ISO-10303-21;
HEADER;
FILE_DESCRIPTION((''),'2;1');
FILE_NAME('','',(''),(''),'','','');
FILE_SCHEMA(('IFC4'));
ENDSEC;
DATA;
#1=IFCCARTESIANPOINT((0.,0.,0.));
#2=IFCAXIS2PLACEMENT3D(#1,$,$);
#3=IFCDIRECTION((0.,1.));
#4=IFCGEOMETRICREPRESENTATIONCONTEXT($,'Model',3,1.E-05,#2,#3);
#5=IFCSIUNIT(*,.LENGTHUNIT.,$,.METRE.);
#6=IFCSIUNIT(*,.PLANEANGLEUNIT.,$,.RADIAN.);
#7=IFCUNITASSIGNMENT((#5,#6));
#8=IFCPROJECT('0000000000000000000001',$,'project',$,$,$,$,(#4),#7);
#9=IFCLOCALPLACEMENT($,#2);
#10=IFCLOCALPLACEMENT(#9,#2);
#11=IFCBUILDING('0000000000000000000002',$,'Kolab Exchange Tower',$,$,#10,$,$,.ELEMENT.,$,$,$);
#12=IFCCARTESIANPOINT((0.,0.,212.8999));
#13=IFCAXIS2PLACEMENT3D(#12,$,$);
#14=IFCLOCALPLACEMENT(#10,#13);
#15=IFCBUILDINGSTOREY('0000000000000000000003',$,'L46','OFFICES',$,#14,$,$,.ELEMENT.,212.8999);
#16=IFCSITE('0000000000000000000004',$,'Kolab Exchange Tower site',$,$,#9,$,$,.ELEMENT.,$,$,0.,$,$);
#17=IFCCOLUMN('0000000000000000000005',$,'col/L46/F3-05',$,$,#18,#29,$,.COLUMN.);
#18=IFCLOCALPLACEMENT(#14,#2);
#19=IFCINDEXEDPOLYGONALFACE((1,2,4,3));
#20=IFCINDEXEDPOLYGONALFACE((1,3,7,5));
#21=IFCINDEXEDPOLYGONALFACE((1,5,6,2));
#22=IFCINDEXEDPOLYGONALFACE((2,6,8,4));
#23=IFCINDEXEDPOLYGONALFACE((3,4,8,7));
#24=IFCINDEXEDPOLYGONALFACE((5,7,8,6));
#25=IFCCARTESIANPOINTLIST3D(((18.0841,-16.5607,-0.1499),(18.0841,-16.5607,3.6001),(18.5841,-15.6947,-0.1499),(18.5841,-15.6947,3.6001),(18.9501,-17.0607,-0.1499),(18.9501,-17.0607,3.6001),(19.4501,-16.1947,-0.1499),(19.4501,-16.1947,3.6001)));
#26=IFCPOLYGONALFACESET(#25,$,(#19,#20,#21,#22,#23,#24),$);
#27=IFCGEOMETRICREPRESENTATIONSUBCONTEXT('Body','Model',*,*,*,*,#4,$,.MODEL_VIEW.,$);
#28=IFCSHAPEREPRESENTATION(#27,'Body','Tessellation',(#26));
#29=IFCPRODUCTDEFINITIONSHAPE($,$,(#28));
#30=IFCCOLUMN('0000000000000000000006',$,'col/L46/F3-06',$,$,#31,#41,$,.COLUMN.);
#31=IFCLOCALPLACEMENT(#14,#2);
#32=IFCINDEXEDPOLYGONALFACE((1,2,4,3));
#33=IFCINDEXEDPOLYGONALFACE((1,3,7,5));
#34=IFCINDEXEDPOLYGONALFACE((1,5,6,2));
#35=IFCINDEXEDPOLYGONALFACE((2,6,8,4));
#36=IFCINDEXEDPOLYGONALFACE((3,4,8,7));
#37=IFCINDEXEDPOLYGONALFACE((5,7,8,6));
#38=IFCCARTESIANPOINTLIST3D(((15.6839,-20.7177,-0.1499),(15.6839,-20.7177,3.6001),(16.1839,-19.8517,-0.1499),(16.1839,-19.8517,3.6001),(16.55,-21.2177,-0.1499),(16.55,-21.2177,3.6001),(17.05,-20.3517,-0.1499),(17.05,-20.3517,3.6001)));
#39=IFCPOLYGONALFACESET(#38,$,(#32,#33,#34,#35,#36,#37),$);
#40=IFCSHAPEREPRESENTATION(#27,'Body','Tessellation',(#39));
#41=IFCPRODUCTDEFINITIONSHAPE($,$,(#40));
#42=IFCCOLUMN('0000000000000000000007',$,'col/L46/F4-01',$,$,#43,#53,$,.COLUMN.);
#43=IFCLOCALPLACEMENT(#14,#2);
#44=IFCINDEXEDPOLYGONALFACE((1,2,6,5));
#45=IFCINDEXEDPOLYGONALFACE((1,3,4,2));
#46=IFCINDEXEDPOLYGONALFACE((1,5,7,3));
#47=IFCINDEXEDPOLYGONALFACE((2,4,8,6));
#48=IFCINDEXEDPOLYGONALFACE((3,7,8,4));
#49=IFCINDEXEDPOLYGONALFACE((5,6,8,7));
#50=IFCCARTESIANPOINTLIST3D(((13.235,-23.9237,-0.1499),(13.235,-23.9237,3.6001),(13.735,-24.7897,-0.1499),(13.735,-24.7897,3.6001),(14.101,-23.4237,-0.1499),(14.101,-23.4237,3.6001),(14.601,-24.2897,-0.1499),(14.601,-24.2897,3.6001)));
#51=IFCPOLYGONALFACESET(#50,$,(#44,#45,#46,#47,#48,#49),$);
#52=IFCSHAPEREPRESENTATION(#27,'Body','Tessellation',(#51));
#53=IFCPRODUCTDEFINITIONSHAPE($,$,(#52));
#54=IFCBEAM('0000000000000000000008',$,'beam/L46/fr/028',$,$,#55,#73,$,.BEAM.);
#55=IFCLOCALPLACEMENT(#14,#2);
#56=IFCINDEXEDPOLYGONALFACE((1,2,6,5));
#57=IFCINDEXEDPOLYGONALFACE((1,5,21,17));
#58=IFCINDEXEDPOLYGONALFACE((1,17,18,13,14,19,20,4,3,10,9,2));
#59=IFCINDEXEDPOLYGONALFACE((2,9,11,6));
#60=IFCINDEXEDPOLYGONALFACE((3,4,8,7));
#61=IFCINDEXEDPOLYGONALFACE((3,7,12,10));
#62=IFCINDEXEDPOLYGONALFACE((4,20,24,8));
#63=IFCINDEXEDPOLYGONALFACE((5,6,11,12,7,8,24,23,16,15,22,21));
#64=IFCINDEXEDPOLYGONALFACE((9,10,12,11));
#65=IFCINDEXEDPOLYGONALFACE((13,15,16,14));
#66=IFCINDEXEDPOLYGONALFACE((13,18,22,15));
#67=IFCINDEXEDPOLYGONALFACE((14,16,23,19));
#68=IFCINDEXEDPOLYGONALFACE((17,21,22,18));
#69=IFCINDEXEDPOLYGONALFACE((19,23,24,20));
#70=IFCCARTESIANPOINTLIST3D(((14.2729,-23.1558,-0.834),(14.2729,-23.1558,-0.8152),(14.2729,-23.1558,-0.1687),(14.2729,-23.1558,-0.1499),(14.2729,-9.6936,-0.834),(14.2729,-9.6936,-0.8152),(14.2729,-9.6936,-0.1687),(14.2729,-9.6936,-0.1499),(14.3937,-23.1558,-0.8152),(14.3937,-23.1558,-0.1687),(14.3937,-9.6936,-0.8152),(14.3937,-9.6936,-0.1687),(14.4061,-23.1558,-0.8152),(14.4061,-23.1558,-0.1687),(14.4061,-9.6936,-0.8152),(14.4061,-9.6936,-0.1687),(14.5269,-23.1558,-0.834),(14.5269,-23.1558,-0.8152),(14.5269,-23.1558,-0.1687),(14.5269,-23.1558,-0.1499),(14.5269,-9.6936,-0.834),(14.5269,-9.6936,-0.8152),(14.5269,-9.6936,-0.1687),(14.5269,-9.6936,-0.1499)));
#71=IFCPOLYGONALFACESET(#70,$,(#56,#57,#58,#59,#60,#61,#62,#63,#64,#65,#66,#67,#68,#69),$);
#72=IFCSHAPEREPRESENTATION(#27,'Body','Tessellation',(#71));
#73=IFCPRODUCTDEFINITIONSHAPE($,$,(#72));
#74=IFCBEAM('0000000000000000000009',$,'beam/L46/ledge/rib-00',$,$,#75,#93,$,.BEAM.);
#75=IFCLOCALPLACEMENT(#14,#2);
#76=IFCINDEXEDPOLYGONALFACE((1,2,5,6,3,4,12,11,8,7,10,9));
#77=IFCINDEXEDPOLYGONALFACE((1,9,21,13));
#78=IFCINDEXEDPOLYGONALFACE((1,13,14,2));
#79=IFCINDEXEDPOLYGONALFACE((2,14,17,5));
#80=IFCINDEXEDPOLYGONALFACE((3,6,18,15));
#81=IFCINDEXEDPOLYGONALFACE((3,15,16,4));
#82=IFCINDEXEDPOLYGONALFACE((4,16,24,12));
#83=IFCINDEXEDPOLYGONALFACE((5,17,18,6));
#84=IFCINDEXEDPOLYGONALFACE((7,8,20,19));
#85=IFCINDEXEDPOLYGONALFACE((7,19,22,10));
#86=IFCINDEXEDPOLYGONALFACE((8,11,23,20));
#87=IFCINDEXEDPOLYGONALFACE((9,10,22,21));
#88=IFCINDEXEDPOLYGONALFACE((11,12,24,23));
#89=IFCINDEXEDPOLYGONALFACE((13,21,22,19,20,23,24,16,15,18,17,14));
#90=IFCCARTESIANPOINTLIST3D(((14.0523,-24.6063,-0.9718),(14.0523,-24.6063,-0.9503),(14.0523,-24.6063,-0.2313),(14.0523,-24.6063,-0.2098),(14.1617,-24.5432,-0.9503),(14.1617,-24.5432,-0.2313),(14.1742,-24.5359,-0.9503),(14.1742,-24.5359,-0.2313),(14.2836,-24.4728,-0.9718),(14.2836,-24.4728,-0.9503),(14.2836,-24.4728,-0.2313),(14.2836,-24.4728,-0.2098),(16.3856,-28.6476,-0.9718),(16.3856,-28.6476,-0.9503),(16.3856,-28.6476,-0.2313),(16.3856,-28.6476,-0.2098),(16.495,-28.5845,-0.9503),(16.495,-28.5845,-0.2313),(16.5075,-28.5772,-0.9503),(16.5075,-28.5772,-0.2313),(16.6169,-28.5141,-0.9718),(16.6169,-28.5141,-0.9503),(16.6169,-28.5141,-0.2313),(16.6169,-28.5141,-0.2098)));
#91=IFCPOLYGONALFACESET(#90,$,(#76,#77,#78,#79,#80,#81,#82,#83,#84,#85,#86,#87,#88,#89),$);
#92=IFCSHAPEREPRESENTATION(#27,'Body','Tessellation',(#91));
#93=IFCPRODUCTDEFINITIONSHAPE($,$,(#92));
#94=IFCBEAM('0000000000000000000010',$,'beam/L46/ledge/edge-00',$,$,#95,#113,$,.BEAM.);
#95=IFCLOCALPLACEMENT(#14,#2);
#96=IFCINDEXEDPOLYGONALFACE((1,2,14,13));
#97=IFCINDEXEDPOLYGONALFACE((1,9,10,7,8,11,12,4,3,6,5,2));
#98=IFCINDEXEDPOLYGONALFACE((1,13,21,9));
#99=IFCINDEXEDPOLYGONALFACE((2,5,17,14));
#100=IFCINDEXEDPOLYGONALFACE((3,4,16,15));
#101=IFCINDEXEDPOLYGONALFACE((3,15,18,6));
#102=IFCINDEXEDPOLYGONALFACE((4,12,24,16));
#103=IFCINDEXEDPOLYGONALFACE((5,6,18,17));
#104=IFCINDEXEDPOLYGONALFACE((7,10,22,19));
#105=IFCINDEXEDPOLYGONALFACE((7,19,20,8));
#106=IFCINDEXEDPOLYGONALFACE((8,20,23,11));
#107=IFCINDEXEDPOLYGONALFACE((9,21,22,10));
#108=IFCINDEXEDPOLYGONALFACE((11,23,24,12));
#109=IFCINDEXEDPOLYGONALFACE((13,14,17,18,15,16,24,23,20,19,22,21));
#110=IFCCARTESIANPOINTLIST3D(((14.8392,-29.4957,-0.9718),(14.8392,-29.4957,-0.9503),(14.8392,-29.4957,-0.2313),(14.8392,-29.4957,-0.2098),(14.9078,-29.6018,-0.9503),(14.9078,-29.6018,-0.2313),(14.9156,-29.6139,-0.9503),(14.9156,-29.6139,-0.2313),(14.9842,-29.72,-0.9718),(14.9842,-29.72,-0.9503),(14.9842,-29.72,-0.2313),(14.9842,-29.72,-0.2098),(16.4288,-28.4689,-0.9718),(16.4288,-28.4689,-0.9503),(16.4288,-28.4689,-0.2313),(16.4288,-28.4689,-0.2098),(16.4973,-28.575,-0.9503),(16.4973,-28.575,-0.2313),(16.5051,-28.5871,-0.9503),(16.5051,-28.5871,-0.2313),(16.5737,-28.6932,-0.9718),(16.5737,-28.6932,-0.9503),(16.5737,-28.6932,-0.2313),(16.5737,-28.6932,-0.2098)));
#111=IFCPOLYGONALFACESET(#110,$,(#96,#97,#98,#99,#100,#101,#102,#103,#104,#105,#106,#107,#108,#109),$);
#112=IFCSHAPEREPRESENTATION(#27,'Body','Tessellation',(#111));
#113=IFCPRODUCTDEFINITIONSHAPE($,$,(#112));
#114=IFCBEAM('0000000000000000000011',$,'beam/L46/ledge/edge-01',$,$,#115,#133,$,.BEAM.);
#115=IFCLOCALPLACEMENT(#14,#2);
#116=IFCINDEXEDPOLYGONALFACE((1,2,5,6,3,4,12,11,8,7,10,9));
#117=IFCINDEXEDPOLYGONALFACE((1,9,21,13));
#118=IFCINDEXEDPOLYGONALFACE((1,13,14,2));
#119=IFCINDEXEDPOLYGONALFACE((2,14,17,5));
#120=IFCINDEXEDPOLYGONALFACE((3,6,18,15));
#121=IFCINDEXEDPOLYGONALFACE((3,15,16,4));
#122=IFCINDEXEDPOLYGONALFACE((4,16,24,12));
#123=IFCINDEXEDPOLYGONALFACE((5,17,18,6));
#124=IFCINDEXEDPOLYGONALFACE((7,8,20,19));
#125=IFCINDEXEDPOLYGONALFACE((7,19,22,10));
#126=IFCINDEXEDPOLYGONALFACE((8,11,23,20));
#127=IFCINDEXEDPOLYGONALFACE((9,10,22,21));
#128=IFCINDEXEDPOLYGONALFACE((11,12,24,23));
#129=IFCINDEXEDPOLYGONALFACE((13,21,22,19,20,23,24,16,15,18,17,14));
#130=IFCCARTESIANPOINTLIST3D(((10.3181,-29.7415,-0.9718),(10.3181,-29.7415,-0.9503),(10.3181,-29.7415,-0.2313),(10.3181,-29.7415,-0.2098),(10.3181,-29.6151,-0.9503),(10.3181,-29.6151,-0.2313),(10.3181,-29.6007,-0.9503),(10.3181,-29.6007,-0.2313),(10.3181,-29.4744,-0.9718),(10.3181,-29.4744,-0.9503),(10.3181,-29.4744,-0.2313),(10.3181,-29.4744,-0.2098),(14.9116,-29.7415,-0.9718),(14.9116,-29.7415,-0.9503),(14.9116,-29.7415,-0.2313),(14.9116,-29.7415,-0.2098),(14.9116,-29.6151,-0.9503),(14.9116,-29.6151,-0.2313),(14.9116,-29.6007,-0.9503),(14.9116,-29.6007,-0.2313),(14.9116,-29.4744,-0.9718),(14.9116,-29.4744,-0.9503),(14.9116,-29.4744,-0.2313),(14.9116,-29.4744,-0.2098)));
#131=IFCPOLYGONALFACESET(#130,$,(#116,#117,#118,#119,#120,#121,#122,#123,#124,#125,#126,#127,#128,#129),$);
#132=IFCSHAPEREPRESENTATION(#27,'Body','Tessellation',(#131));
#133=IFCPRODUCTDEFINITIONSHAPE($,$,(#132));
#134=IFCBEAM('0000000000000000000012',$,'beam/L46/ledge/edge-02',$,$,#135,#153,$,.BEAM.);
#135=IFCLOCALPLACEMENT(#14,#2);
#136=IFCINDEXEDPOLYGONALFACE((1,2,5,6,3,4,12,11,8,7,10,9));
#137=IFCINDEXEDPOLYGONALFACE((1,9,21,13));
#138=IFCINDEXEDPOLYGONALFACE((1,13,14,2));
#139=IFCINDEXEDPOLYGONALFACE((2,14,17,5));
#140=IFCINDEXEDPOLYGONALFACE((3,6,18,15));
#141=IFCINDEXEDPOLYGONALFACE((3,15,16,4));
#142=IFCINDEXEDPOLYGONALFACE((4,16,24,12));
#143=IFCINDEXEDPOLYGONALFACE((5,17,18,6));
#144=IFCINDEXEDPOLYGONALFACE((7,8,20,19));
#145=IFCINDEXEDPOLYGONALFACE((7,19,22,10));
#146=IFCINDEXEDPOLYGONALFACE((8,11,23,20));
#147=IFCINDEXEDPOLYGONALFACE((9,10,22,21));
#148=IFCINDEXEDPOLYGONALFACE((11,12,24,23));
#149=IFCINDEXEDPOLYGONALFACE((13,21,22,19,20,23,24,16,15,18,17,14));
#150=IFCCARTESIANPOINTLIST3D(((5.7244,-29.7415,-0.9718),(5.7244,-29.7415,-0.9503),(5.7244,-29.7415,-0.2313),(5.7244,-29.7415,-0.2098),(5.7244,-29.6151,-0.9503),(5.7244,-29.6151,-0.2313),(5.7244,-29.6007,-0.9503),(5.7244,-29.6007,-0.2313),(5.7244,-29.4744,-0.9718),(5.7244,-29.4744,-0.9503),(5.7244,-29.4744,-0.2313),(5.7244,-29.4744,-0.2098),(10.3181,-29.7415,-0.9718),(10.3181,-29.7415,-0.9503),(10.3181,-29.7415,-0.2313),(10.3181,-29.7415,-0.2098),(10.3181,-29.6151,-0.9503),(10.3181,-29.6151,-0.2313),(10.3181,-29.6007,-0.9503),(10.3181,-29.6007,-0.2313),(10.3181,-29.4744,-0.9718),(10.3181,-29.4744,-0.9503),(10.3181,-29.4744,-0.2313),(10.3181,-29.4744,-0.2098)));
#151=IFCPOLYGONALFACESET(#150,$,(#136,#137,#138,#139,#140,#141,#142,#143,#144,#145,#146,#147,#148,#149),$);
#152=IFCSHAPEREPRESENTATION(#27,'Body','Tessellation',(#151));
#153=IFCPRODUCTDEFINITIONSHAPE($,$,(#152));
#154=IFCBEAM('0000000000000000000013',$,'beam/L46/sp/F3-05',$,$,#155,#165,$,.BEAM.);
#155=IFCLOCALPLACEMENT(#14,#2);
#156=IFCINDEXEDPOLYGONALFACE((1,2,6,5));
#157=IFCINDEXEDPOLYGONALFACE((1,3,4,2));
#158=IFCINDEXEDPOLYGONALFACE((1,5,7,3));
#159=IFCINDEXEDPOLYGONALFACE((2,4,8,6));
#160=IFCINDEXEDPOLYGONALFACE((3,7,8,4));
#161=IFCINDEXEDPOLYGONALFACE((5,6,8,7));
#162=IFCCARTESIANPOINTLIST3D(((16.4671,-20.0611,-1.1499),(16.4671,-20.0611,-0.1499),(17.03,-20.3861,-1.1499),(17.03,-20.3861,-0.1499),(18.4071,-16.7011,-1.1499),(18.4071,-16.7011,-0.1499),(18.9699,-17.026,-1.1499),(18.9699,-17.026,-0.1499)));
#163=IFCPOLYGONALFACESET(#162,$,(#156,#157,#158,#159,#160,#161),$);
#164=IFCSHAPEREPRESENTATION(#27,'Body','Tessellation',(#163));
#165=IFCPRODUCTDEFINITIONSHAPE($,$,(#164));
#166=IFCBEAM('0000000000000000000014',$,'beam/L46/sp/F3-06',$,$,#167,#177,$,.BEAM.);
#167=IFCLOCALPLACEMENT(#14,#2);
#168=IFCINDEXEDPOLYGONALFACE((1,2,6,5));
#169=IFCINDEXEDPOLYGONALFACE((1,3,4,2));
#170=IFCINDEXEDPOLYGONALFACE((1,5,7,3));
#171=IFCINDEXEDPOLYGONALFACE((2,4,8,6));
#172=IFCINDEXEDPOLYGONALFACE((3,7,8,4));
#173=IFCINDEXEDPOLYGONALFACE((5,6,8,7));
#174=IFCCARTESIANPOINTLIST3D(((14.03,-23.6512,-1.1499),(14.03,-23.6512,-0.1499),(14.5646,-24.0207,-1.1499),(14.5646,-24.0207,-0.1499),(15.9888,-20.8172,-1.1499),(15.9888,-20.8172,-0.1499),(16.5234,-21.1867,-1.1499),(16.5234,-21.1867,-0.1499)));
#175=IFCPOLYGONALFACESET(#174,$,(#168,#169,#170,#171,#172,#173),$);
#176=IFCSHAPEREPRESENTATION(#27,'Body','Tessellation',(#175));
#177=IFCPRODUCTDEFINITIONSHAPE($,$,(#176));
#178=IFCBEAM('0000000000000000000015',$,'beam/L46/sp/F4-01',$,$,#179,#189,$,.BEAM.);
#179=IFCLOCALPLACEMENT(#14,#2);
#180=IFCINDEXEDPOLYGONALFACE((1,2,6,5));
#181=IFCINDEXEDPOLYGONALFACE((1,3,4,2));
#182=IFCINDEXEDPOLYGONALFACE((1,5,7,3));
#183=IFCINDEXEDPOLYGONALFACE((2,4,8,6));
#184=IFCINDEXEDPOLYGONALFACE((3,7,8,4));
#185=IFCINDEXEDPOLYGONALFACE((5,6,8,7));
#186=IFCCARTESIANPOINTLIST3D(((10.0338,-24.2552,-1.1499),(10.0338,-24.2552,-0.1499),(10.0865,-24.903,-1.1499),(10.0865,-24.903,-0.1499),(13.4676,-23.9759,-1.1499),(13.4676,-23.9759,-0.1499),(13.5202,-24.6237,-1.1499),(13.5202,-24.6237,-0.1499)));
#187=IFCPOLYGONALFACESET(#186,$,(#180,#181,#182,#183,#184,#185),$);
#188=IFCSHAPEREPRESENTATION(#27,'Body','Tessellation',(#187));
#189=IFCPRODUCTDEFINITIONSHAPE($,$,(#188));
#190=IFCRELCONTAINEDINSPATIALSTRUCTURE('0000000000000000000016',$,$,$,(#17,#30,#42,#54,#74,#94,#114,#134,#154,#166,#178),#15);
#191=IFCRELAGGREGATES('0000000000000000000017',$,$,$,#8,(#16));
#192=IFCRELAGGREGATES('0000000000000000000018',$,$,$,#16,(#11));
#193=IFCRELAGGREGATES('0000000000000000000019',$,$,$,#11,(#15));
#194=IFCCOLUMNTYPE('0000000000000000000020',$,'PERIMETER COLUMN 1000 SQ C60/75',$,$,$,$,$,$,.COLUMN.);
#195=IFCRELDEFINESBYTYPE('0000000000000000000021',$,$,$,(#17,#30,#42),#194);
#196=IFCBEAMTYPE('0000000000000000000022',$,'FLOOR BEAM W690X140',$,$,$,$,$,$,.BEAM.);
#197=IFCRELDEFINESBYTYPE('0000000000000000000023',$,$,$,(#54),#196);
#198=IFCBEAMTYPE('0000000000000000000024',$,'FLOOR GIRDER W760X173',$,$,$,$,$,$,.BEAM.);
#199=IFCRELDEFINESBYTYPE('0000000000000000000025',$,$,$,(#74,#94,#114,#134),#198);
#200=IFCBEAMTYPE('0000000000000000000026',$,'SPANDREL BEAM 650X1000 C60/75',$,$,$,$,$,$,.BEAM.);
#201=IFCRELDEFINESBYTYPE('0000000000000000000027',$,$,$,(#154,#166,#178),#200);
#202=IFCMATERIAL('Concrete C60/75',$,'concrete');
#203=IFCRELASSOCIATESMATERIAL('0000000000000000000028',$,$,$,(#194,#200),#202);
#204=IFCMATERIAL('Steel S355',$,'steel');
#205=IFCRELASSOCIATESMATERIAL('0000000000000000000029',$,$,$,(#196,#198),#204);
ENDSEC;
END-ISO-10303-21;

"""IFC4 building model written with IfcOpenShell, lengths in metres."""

from ifc_helpers import new_model, si_unit, direction, frame, origin, origin_2d, place, context, subcontext, project, spatial, rectangle, i_section, extrude, material, material_profile, profile_set, type_object, element, save


model = new_model("IFC4")

# Units and contexts
model_context = context("Model", 3, precision=1e-05, world=origin(), true_north=direction((0.0, 1.0)))
body_context = subcontext(model_context, "Body", "Model", "MODEL_VIEW")
ifc_project = project(units=[si_unit("LENGTHUNIT", "METRE"), si_unit("PLANEANGLEUNIT", "RADIAN")], contexts=[model_context])

# Site, building, storey
site_placement = place(None, origin())
site = spatial("IfcSite", under=ifc_project, at=site_placement, Name="Kolab Exchange Tower site", CompositionType="ELEMENT", RefElevation=0.0)
building_placement = place(site_placement, origin())
building = spatial("IfcBuilding", under=site, at=building_placement, Name="Kolab Exchange Tower", CompositionType="ELEMENT")
storey_placement = place(building_placement, frame((0.0, 0.0, 212.8999)))
storey = spatial("IfcBuildingStorey", under=building, at=storey_placement, Name="L46", Description="OFFICES", CompositionType="ELEMENT", Elevation=212.8999)

# Columns
ifc_material_1 = material(Name="Concrete C60/75", Category="concrete")
ifc_material_profile_1 = material_profile(ifc_material_1, rectangle(XDim=1.0, YDim=1.0, at=origin_2d()), Name="RC1000")
ifc_profile_set_1 = profile_set([ifc_material_profile_1], Name="Concrete C60/75")
column_type = type_object("IfcColumnType", Name="PERIMETER COLUMN 1000 SQ C60/75", PredefinedType="COLUMN", material=ifc_profile_set_1)
for number, where, z_axis, x_axis, name in (
    (1, (18.7671, -16.3777, -0.1499), (0.0, 0.0, 1.0), (0.5, 0.866025, 0.0), "col/L46/F3-05"),
    (2, (16.3669, -20.5347, -0.1499), (0.0, 0.0, 1.0), (0.5, 0.866025, 0.0), "col/L46/F3-06"),
    (3, (13.918, -24.1067, -0.1499), (0.0, 0.0, 1.0), (0.866025, 0.5, 0.0), "col/L46/F4-01"),
):
    element("IfcColumn", number, at=place(storey_placement, frame(where, z_axis=z_axis, x_axis=x_axis)), inside=storey, type_object=column_type, Name=name, PredefinedType="COLUMN", context=body_context, shape_type="SweptSolid", body=[
        extrude(rectangle(XDim=1.0, YDim=1.0, at=origin_2d()), origin(), (0.0, 0.0, 1.0), 3.75),
    ])

# Beams
ifc_material_2 = material(Name="Steel S355", Category="steel")
ifc_material_profile_2 = material_profile(ifc_material_2, i_section(OverallWidth=0.2539, OverallDepth=0.6841, WebThickness=0.0125, FlangeThickness=0.0188, at=origin_2d()), Name="W690X140")
ifc_profile_set_2 = profile_set([ifc_material_profile_2], Name="Steel S355")
beam_type_1 = type_object("IfcBeamType", Name="FLOOR BEAM W690X140", PredefinedType="BEAM", material=ifc_profile_set_2)
beam_1_placement = place(storey_placement, frame((14.3999, -23.1558, -0.4919), z_axis=(0.0, 1.0, 0.0), x_axis=(-1.0, 0.0, 0.0)))
element("IfcBeam", 4, at=beam_1_placement, inside=storey, type_object=beam_type_1, Name="beam/L46/fr/028", PredefinedType="BEAM", context=body_context, shape_type="SweptSolid", body=[
    extrude(i_section(OverallWidth=0.2539, OverallDepth=0.6841, WebThickness=0.0125, FlangeThickness=0.0188, at=origin_2d()), origin(), (0.0, 0.0, 1.0), 13.4622),
])
ifc_material_profile_3 = material_profile(ifc_material_2, i_section(OverallWidth=0.2671, OverallDepth=0.762, WebThickness=0.0144, FlangeThickness=0.0215, at=origin_2d()), Name="W760X173")
ifc_profile_set_3 = profile_set([ifc_material_profile_3], Name="Steel S355")
beam_type_2 = type_object("IfcBeamType", Name="FLOOR GIRDER W760X173", PredefinedType="BEAM", material=ifc_profile_set_3)
beam_2_placement = place(storey_placement, frame((14.168, -24.5396, -0.5908), z_axis=(0.500005, -0.866023, 0.0), x_axis=(0.866023, 0.500005, 0.0)))
element("IfcBeam", 5, at=beam_2_placement, inside=storey, type_object=beam_type_2, Name="beam/L46/ledge/rib-00", PredefinedType="BEAM", context=body_context, shape_type="SweptSolid", body=[
    extrude(i_section(OverallWidth=0.2671, OverallDepth=0.762, WebThickness=0.0144, FlangeThickness=0.0215, at=origin_2d()), origin(), (0.0, 0.0, 1.0), 4.6665),
])
beam_3_placement = place(storey_placement, frame((16.5012, -28.5811, -0.5908), z_axis=(-0.839982, -0.542615, 0.0), x_axis=(0.542615, -0.839982, 0.0)))
element("IfcBeam", 6, at=beam_3_placement, inside=storey, type_object=beam_type_2, Name="beam/L46/ledge/edge-00", PredefinedType="BEAM", context=body_context, shape_type="SweptSolid", body=[
    extrude(i_section(OverallWidth=0.2671, OverallDepth=0.762, WebThickness=0.0144, FlangeThickness=0.0215, at=origin_2d()), origin(), (0.0, 0.0, 1.0), 1.8923),
])
beam_4_placement = place(storey_placement, frame((14.9116, -29.6079, -0.5908), z_axis=(-1.0, 0.0, 0.0), x_axis=(0.0, -1.0, 0.0)))
element("IfcBeam", 7, at=beam_4_placement, inside=storey, type_object=beam_type_2, Name="beam/L46/ledge/edge-01", PredefinedType="BEAM", context=body_context, shape_type="SweptSolid", body=[
    extrude(i_section(OverallWidth=0.2671, OverallDepth=0.762, WebThickness=0.0144, FlangeThickness=0.0215, at=origin_2d()), origin(), (0.0, 0.0, 1.0), 4.5935),
])
beam_5_placement = place(storey_placement, frame((10.3181, -29.6079, -0.5908), z_axis=(-1.0, 0.0, 0.0), x_axis=(0.0, -1.0, 0.0)))
element("IfcBeam", 8, at=beam_5_placement, inside=storey, type_object=beam_type_2, Name="beam/L46/ledge/edge-02", PredefinedType="BEAM", context=body_context, shape_type="SweptSolid", body=[
    extrude(i_section(OverallWidth=0.2671, OverallDepth=0.762, WebThickness=0.0144, FlangeThickness=0.0215, at=origin_2d()), origin(), (0.0, 0.0, 1.0), 4.5938),
])
ifc_material_profile_4 = material_profile(ifc_material_1, rectangle(XDim=0.6499, YDim=1.0, at=origin_2d()), Name="RC650X1000")
ifc_profile_set_4 = profile_set([ifc_material_profile_4], Name="Concrete C60/75")
beam_type_3 = type_object("IfcBeamType", Name="SPANDREL BEAM 650X1000 C60/75", PredefinedType="BEAM", material=ifc_profile_set_4)
beam_6_placement = place(storey_placement, frame((18.6885, -16.8635, -0.6499), z_axis=(-0.499997, -0.866027, 0.0), x_axis=(0.866027, -0.499997, 0.0)))
element("IfcBeam", 9, at=beam_6_placement, inside=storey, type_object=beam_type_3, Name="beam/L46/sp/F3-05", PredefinedType="BEAM", context=body_context, shape_type="SweptSolid", body=[
    extrude(rectangle(XDim=0.6499, YDim=1.0, at=origin_2d()), origin(), (0.0, 0.0, 1.0), 3.8799),
])
for number, where, z_axis, x_axis, name in (
    (10, (16.2561, -21.002, -0.6499), (-0.568572, -0.822633, 0.0), (0.822633, -0.568572, 0.0), "beam/L46/sp/F3-06"),
    (11, (13.4939, -24.2998, -0.6499), (-0.996708, -0.081069, 0.0), (0.081069, -0.996708, 0.0), "beam/L46/sp/F4-01"),
):
    element("IfcBeam", number, at=place(storey_placement, frame(where, z_axis=z_axis, x_axis=x_axis)), inside=storey, type_object=beam_type_3, Name=name, PredefinedType="BEAM", context=body_context, shape_type="SweptSolid", body=[
        extrude(rectangle(XDim=0.6499, YDim=1.0, at=origin_2d()), origin(), (0.0, 0.0, 1.0), 3.4451),
    ])

save(model, "model.ifc")
